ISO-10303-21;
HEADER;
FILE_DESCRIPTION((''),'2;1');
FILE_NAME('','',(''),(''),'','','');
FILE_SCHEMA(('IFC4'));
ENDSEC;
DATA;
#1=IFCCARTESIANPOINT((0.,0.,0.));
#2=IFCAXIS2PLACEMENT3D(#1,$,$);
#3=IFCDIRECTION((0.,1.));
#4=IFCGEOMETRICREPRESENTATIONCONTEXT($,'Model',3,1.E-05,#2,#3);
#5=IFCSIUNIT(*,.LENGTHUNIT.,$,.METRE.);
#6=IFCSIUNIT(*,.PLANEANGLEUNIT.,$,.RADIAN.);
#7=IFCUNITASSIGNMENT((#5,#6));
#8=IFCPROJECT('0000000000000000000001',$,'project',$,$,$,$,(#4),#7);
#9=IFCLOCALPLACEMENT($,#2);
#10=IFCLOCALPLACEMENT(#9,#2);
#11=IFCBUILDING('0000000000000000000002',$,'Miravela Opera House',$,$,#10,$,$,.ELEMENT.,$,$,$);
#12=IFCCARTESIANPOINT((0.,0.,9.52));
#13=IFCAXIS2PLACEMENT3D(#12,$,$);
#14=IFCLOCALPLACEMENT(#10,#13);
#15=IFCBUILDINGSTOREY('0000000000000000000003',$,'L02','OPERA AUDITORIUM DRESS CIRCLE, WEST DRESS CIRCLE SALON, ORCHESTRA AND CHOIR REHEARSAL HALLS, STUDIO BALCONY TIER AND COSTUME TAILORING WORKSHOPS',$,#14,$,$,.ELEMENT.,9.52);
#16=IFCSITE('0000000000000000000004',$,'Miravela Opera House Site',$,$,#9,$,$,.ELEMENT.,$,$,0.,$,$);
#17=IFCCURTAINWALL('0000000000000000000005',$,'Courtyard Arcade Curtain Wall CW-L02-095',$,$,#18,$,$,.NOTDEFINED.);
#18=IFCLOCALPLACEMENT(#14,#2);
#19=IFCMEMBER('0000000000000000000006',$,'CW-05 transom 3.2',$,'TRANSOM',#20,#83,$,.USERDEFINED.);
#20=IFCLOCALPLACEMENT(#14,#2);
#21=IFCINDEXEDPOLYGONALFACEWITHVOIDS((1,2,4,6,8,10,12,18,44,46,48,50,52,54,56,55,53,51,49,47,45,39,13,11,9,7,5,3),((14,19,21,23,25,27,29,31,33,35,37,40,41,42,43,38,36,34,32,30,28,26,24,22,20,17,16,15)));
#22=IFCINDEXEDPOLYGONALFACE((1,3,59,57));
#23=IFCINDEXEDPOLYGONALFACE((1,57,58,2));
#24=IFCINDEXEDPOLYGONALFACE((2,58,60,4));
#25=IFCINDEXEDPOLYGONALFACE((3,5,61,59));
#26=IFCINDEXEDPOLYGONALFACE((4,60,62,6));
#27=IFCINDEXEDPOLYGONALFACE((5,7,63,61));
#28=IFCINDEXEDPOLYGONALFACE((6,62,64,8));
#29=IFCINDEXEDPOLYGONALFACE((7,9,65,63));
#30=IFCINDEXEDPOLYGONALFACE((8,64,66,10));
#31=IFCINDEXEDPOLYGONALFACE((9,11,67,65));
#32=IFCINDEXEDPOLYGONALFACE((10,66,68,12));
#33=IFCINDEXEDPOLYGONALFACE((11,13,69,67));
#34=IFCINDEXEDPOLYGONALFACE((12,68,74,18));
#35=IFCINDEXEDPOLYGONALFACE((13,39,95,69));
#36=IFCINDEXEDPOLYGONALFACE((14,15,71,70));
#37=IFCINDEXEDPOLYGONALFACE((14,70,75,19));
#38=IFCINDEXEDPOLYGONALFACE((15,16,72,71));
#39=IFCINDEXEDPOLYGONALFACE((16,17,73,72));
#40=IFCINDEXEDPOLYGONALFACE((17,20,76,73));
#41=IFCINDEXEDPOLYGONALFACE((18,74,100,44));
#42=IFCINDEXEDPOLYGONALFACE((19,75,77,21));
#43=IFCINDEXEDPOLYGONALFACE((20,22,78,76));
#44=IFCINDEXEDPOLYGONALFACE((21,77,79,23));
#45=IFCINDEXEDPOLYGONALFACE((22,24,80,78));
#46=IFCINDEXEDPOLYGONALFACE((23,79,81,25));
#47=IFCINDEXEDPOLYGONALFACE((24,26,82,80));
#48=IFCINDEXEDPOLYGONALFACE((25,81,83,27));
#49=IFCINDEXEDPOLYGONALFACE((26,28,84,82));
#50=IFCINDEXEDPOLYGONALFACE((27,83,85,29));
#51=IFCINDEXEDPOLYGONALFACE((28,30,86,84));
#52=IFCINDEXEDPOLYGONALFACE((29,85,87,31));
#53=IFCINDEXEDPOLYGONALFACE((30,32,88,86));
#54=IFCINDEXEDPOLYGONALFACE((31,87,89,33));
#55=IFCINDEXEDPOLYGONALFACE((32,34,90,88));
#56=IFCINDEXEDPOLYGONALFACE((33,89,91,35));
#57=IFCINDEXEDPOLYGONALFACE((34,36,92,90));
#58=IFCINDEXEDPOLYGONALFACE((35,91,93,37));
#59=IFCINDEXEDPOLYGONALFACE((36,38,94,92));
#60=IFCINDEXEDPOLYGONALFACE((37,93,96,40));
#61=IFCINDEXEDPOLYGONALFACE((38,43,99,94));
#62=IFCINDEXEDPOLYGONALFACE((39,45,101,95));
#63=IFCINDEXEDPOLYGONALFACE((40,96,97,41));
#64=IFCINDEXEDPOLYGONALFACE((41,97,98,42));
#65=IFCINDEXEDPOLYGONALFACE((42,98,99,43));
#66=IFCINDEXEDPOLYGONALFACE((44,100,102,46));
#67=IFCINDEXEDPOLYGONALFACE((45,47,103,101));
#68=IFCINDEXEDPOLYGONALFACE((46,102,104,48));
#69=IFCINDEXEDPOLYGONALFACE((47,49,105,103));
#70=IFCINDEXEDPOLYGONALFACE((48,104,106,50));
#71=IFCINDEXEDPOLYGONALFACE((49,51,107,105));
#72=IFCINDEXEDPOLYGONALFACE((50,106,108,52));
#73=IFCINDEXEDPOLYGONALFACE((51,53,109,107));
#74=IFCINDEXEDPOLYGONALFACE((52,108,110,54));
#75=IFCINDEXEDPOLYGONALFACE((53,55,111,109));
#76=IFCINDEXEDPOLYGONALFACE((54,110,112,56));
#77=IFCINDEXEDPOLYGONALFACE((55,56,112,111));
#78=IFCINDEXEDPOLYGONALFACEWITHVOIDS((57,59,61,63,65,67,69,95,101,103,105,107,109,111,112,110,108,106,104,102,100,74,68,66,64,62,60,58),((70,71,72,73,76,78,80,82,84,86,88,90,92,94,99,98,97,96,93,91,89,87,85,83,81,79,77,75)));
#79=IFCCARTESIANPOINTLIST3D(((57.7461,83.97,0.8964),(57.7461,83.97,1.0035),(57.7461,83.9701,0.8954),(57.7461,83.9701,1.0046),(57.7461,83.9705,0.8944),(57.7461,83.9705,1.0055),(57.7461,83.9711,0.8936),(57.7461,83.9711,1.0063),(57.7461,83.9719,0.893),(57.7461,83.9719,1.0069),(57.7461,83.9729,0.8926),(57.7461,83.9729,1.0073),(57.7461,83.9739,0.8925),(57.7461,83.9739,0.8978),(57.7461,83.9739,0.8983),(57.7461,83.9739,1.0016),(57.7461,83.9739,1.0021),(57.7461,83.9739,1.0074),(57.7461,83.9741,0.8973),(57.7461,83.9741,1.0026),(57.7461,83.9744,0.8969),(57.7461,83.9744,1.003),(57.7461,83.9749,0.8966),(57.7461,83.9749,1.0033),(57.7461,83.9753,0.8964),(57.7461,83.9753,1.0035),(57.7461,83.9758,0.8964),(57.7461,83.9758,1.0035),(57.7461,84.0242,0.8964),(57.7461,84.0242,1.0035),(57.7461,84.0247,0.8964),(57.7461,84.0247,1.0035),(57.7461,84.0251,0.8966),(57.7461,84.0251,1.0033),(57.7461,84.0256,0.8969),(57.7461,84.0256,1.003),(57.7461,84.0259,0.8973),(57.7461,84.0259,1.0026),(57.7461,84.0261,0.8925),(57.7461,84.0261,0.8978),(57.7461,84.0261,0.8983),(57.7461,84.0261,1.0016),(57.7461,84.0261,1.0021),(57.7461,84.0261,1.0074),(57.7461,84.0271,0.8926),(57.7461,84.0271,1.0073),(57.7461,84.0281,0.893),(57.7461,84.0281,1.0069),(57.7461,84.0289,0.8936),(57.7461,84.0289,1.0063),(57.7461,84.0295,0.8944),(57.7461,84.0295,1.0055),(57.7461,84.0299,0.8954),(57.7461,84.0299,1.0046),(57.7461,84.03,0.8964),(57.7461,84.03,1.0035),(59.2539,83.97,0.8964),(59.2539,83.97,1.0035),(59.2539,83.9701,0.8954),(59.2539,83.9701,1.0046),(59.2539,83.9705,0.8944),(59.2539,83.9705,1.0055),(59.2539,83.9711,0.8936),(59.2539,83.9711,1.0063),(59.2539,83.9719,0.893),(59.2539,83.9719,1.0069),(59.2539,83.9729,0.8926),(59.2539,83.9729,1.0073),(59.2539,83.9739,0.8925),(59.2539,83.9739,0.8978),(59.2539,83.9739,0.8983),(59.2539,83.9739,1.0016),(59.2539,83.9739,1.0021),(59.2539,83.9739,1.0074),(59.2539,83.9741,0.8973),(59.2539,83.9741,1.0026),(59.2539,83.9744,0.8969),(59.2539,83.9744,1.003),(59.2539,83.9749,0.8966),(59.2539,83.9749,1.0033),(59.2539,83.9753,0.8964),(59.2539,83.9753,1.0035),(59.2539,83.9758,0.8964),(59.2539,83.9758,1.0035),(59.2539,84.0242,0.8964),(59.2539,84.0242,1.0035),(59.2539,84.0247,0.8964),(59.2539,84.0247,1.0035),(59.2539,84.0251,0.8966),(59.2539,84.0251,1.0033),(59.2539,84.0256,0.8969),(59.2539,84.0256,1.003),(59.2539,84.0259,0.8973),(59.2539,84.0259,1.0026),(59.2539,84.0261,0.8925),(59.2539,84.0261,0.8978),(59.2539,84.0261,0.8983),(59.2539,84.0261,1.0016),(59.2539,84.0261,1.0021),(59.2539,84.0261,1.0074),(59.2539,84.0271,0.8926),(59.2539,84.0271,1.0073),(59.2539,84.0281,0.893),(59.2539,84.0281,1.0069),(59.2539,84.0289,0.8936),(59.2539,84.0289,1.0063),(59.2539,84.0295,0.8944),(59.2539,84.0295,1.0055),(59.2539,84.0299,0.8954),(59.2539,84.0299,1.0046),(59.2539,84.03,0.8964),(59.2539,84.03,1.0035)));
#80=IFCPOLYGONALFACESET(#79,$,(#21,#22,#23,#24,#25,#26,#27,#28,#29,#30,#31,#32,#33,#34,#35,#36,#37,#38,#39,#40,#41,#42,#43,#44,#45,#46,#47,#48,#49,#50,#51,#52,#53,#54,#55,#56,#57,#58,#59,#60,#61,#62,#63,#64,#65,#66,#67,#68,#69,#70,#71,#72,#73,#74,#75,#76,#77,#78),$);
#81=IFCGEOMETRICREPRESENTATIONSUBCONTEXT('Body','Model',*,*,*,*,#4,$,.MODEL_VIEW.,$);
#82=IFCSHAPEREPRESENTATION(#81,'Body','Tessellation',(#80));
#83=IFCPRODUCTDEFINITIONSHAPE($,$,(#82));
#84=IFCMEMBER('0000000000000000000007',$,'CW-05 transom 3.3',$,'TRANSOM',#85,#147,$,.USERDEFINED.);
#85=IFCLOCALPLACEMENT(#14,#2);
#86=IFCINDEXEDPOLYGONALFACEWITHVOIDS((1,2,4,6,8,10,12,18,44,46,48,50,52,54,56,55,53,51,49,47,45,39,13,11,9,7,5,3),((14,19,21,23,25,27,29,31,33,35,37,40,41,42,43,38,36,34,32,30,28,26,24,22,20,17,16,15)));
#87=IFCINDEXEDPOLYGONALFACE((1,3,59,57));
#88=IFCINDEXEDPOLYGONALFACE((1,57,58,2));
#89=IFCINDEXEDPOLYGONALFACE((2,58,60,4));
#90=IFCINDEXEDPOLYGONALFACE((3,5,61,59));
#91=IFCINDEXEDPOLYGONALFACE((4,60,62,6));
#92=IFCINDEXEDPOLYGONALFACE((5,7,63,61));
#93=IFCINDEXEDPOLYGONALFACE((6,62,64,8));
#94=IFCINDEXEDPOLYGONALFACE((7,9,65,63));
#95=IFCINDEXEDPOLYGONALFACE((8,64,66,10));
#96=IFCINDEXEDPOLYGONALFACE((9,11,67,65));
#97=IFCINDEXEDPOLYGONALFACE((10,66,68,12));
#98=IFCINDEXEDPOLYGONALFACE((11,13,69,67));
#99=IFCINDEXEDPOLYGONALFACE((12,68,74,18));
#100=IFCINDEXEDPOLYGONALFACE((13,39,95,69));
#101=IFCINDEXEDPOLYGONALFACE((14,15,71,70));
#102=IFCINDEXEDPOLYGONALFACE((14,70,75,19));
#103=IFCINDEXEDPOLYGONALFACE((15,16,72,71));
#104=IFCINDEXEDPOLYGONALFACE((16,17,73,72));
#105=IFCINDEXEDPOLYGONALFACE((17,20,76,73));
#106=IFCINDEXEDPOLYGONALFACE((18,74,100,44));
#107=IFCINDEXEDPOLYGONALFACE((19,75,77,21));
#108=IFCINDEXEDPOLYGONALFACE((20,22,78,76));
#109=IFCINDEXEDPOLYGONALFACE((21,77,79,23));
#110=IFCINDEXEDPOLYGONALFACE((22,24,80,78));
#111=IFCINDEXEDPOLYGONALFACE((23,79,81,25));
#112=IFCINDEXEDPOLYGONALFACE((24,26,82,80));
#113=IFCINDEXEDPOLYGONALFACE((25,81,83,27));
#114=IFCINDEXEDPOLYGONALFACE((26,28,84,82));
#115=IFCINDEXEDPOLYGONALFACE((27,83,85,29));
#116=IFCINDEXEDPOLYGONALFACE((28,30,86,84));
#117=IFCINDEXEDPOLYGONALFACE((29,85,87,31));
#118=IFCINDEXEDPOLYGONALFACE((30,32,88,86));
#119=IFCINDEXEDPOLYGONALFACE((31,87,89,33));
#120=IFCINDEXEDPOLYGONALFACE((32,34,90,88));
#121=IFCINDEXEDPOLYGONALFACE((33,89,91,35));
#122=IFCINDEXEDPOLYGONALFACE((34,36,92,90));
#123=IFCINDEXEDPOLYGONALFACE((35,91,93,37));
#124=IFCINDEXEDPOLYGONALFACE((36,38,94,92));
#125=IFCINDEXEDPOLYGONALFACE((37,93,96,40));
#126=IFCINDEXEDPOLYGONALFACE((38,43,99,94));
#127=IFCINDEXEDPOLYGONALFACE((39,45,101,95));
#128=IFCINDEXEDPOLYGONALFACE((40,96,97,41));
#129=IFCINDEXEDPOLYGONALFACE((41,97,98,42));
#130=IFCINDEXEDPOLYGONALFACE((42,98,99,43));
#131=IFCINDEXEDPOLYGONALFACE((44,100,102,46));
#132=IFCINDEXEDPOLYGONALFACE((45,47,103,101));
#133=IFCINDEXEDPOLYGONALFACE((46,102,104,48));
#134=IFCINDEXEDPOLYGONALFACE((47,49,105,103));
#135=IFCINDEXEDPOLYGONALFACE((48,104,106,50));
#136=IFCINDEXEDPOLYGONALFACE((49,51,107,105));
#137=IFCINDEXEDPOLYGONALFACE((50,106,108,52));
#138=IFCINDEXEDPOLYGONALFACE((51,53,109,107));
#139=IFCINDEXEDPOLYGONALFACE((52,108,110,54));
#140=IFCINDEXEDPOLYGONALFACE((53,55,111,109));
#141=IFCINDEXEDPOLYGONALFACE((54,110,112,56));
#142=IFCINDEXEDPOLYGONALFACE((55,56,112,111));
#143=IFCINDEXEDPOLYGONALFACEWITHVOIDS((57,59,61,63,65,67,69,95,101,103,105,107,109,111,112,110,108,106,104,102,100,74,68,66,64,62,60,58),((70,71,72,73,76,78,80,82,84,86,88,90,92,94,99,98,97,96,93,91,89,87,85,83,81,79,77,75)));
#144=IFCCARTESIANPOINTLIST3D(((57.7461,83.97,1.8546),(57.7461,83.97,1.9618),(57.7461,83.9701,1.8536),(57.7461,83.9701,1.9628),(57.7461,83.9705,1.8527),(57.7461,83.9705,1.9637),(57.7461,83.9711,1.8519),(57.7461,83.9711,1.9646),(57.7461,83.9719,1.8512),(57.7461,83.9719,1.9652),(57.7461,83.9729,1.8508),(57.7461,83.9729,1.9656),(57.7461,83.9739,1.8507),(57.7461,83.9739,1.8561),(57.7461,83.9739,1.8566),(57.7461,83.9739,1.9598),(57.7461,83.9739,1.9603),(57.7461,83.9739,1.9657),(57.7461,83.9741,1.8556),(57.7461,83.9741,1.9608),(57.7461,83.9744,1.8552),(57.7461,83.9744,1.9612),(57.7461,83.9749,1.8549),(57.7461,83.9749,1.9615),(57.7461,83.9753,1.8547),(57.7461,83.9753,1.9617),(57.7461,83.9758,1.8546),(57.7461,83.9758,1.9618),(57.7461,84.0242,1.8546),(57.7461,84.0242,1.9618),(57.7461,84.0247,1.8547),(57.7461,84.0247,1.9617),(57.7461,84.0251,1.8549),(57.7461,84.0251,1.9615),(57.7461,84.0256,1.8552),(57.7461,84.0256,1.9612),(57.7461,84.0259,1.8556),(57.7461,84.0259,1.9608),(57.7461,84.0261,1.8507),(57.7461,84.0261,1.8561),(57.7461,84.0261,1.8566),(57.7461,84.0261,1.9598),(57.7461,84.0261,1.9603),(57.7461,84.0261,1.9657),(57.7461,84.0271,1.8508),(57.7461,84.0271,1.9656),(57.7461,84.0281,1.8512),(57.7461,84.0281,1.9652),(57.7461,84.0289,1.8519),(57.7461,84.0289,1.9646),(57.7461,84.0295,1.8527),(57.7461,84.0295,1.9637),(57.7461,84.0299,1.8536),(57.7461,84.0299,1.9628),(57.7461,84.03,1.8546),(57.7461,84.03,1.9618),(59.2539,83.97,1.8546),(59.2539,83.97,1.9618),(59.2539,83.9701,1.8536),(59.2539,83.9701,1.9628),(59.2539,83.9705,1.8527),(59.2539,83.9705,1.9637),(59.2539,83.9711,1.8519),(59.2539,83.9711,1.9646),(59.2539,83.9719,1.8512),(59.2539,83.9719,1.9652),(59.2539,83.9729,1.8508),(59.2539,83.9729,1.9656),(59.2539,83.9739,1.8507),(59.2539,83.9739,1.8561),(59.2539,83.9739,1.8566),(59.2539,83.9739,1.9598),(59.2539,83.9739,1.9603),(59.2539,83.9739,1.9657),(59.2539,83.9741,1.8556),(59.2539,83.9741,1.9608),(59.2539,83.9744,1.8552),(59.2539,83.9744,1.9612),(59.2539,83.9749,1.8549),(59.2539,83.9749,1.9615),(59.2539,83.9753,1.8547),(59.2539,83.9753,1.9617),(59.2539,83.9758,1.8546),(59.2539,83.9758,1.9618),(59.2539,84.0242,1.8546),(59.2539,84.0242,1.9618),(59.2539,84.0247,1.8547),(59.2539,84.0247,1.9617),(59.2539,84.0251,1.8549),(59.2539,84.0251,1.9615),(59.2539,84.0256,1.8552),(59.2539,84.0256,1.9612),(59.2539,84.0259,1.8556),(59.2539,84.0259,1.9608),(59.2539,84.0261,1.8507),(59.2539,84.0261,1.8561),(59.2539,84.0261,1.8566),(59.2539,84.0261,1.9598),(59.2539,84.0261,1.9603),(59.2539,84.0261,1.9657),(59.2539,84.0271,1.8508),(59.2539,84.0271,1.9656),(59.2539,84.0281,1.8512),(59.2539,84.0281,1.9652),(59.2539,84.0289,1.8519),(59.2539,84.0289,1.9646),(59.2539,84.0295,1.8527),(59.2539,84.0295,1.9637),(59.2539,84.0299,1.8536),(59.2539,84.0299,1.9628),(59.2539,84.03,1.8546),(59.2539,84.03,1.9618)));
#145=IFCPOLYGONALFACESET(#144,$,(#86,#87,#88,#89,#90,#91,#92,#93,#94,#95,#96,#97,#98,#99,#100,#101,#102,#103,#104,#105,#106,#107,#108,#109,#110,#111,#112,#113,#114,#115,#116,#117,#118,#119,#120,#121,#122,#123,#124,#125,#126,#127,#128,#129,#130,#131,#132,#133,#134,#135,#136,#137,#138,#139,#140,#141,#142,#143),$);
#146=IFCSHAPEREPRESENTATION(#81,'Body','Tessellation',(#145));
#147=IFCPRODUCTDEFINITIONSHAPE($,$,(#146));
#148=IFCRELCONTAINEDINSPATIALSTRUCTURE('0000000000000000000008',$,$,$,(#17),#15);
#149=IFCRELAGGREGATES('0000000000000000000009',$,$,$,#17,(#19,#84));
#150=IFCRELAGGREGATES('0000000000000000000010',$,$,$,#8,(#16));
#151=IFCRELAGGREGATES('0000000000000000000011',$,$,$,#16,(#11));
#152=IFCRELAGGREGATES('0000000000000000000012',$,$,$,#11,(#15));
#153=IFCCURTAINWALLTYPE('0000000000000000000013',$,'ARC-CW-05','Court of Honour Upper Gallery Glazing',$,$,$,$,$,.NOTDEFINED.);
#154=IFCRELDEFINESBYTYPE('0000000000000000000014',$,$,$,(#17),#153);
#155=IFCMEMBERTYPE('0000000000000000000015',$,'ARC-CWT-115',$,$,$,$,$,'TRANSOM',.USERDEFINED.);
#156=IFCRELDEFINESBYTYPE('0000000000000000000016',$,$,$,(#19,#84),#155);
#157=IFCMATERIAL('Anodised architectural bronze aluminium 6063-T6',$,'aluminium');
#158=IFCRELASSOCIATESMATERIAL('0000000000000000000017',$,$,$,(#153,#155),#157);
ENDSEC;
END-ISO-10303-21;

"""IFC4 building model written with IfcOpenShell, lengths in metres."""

from ifc_helpers import new_model, si_unit, direction, frame, origin, origin_2d, place, context, subcontext, project, spatial, hollow_rectangle, extrude, material, material_profile, profile_set, type_object, element, aggregate, save


model = new_model("IFC4")

# Units and contexts
model_context = context("Model", 3, precision=1e-05, world=origin(), true_north=direction((0.0, 1.0)))
body_context = subcontext(model_context, "Body", "Model", "MODEL_VIEW")
ifc_project = project(units=[si_unit("LENGTHUNIT", "METRE"), si_unit("PLANEANGLEUNIT", "RADIAN")], contexts=[model_context])

# Site, building, storey
site_placement = place(None, origin())
site = spatial("IfcSite", under=ifc_project, at=site_placement, Name="Miravela Opera House Site", CompositionType="ELEMENT", RefElevation=0.0)
building_placement = place(site_placement, origin())
building = spatial("IfcBuilding", under=site, at=building_placement, Name="Miravela Opera House", CompositionType="ELEMENT")
storey_placement = place(building_placement, frame((0.0, 0.0, 9.52)))
storey = spatial("IfcBuildingStorey", under=building, at=storey_placement, Name="L02", Description="OPERA AUDITORIUM DRESS CIRCLE, WEST DRESS CIRCLE SALON, ORCHESTRA AND CHOIR REHEARSAL HALLS, STUDIO BALCONY TIER AND COSTUME TAILORING WORKSHOPS", CompositionType="ELEMENT", Elevation=9.52)

# Curtain wall, members
ifc_material_1 = material(Name="Anodised architectural bronze aluminium 6063-T6", Category="aluminium")
curtain_wall_type = type_object("IfcCurtainWallType", Name="ARC-CW-05", Description="Court of Honour Upper Gallery Glazing", PredefinedType="NOTDEFINED", material=ifc_material_1)
curtain_wall_placement = place(storey_placement, origin())
curtain_wall = element("IfcCurtainWall", 1, at=curtain_wall_placement, inside=storey, type_object=curtain_wall_type, Name="Courtyard Arcade Curtain Wall CW-L02-095", PredefinedType="NOTDEFINED")
ifc_material_profile_1 = material_profile(ifc_material_1, hollow_rectangle(XDim=0.0601, YDim=0.115, WallThickness=0.0039, InnerFilletRadius=0.002, OuterFilletRadius=0.0039, at=origin_2d()), Name="CWT-60X115")
ifc_profile_set_1 = profile_set([ifc_material_profile_1])
member_type_1 = type_object("IfcMemberType", Name="ARC-CWT-115", ElementType="TRANSOM", PredefinedType="USERDEFINED", material=ifc_profile_set_1)
member_1_placement = place(storey_placement, frame((57.7461, 84.0, 0.95), z_axis=(1.0, 0.0, 0.0), x_axis=(0.0, 1.0, 0.0)))
member_1 = element("IfcMember", 2, at=member_1_placement, type_object=member_type_1, Name="CW-05 transom 3.2", ObjectType="TRANSOM", PredefinedType="USERDEFINED", context=body_context, shape_type="SweptSolid", body=[
    extrude(hollow_rectangle(XDim=0.0601, YDim=0.115, WallThickness=0.0039, InnerFilletRadius=0.002, OuterFilletRadius=0.0039, at=origin_2d()), origin(), (0.0, 0.0, 1.0), 1.5078),
])
member_2_placement = place(storey_placement, frame((57.7461, 84.0, 1.9082), z_axis=(1.0, 0.0, 0.0), x_axis=(0.0, 1.0, 0.0)))
member_2 = element("IfcMember", 3, at=member_2_placement, type_object=member_type_1, Name="CW-05 transom 3.3", ObjectType="TRANSOM", PredefinedType="USERDEFINED", context=body_context, shape_type="SweptSolid", body=[
    extrude(hollow_rectangle(XDim=0.0601, YDim=0.115, WallThickness=0.0039, InnerFilletRadius=0.002, OuterFilletRadius=0.0039, at=origin_2d()), origin(), (0.0, 0.0, 1.0), 1.5078),
])

aggregate(curtain_wall, [member_1, member_2])

save(model, "model.ifc")
